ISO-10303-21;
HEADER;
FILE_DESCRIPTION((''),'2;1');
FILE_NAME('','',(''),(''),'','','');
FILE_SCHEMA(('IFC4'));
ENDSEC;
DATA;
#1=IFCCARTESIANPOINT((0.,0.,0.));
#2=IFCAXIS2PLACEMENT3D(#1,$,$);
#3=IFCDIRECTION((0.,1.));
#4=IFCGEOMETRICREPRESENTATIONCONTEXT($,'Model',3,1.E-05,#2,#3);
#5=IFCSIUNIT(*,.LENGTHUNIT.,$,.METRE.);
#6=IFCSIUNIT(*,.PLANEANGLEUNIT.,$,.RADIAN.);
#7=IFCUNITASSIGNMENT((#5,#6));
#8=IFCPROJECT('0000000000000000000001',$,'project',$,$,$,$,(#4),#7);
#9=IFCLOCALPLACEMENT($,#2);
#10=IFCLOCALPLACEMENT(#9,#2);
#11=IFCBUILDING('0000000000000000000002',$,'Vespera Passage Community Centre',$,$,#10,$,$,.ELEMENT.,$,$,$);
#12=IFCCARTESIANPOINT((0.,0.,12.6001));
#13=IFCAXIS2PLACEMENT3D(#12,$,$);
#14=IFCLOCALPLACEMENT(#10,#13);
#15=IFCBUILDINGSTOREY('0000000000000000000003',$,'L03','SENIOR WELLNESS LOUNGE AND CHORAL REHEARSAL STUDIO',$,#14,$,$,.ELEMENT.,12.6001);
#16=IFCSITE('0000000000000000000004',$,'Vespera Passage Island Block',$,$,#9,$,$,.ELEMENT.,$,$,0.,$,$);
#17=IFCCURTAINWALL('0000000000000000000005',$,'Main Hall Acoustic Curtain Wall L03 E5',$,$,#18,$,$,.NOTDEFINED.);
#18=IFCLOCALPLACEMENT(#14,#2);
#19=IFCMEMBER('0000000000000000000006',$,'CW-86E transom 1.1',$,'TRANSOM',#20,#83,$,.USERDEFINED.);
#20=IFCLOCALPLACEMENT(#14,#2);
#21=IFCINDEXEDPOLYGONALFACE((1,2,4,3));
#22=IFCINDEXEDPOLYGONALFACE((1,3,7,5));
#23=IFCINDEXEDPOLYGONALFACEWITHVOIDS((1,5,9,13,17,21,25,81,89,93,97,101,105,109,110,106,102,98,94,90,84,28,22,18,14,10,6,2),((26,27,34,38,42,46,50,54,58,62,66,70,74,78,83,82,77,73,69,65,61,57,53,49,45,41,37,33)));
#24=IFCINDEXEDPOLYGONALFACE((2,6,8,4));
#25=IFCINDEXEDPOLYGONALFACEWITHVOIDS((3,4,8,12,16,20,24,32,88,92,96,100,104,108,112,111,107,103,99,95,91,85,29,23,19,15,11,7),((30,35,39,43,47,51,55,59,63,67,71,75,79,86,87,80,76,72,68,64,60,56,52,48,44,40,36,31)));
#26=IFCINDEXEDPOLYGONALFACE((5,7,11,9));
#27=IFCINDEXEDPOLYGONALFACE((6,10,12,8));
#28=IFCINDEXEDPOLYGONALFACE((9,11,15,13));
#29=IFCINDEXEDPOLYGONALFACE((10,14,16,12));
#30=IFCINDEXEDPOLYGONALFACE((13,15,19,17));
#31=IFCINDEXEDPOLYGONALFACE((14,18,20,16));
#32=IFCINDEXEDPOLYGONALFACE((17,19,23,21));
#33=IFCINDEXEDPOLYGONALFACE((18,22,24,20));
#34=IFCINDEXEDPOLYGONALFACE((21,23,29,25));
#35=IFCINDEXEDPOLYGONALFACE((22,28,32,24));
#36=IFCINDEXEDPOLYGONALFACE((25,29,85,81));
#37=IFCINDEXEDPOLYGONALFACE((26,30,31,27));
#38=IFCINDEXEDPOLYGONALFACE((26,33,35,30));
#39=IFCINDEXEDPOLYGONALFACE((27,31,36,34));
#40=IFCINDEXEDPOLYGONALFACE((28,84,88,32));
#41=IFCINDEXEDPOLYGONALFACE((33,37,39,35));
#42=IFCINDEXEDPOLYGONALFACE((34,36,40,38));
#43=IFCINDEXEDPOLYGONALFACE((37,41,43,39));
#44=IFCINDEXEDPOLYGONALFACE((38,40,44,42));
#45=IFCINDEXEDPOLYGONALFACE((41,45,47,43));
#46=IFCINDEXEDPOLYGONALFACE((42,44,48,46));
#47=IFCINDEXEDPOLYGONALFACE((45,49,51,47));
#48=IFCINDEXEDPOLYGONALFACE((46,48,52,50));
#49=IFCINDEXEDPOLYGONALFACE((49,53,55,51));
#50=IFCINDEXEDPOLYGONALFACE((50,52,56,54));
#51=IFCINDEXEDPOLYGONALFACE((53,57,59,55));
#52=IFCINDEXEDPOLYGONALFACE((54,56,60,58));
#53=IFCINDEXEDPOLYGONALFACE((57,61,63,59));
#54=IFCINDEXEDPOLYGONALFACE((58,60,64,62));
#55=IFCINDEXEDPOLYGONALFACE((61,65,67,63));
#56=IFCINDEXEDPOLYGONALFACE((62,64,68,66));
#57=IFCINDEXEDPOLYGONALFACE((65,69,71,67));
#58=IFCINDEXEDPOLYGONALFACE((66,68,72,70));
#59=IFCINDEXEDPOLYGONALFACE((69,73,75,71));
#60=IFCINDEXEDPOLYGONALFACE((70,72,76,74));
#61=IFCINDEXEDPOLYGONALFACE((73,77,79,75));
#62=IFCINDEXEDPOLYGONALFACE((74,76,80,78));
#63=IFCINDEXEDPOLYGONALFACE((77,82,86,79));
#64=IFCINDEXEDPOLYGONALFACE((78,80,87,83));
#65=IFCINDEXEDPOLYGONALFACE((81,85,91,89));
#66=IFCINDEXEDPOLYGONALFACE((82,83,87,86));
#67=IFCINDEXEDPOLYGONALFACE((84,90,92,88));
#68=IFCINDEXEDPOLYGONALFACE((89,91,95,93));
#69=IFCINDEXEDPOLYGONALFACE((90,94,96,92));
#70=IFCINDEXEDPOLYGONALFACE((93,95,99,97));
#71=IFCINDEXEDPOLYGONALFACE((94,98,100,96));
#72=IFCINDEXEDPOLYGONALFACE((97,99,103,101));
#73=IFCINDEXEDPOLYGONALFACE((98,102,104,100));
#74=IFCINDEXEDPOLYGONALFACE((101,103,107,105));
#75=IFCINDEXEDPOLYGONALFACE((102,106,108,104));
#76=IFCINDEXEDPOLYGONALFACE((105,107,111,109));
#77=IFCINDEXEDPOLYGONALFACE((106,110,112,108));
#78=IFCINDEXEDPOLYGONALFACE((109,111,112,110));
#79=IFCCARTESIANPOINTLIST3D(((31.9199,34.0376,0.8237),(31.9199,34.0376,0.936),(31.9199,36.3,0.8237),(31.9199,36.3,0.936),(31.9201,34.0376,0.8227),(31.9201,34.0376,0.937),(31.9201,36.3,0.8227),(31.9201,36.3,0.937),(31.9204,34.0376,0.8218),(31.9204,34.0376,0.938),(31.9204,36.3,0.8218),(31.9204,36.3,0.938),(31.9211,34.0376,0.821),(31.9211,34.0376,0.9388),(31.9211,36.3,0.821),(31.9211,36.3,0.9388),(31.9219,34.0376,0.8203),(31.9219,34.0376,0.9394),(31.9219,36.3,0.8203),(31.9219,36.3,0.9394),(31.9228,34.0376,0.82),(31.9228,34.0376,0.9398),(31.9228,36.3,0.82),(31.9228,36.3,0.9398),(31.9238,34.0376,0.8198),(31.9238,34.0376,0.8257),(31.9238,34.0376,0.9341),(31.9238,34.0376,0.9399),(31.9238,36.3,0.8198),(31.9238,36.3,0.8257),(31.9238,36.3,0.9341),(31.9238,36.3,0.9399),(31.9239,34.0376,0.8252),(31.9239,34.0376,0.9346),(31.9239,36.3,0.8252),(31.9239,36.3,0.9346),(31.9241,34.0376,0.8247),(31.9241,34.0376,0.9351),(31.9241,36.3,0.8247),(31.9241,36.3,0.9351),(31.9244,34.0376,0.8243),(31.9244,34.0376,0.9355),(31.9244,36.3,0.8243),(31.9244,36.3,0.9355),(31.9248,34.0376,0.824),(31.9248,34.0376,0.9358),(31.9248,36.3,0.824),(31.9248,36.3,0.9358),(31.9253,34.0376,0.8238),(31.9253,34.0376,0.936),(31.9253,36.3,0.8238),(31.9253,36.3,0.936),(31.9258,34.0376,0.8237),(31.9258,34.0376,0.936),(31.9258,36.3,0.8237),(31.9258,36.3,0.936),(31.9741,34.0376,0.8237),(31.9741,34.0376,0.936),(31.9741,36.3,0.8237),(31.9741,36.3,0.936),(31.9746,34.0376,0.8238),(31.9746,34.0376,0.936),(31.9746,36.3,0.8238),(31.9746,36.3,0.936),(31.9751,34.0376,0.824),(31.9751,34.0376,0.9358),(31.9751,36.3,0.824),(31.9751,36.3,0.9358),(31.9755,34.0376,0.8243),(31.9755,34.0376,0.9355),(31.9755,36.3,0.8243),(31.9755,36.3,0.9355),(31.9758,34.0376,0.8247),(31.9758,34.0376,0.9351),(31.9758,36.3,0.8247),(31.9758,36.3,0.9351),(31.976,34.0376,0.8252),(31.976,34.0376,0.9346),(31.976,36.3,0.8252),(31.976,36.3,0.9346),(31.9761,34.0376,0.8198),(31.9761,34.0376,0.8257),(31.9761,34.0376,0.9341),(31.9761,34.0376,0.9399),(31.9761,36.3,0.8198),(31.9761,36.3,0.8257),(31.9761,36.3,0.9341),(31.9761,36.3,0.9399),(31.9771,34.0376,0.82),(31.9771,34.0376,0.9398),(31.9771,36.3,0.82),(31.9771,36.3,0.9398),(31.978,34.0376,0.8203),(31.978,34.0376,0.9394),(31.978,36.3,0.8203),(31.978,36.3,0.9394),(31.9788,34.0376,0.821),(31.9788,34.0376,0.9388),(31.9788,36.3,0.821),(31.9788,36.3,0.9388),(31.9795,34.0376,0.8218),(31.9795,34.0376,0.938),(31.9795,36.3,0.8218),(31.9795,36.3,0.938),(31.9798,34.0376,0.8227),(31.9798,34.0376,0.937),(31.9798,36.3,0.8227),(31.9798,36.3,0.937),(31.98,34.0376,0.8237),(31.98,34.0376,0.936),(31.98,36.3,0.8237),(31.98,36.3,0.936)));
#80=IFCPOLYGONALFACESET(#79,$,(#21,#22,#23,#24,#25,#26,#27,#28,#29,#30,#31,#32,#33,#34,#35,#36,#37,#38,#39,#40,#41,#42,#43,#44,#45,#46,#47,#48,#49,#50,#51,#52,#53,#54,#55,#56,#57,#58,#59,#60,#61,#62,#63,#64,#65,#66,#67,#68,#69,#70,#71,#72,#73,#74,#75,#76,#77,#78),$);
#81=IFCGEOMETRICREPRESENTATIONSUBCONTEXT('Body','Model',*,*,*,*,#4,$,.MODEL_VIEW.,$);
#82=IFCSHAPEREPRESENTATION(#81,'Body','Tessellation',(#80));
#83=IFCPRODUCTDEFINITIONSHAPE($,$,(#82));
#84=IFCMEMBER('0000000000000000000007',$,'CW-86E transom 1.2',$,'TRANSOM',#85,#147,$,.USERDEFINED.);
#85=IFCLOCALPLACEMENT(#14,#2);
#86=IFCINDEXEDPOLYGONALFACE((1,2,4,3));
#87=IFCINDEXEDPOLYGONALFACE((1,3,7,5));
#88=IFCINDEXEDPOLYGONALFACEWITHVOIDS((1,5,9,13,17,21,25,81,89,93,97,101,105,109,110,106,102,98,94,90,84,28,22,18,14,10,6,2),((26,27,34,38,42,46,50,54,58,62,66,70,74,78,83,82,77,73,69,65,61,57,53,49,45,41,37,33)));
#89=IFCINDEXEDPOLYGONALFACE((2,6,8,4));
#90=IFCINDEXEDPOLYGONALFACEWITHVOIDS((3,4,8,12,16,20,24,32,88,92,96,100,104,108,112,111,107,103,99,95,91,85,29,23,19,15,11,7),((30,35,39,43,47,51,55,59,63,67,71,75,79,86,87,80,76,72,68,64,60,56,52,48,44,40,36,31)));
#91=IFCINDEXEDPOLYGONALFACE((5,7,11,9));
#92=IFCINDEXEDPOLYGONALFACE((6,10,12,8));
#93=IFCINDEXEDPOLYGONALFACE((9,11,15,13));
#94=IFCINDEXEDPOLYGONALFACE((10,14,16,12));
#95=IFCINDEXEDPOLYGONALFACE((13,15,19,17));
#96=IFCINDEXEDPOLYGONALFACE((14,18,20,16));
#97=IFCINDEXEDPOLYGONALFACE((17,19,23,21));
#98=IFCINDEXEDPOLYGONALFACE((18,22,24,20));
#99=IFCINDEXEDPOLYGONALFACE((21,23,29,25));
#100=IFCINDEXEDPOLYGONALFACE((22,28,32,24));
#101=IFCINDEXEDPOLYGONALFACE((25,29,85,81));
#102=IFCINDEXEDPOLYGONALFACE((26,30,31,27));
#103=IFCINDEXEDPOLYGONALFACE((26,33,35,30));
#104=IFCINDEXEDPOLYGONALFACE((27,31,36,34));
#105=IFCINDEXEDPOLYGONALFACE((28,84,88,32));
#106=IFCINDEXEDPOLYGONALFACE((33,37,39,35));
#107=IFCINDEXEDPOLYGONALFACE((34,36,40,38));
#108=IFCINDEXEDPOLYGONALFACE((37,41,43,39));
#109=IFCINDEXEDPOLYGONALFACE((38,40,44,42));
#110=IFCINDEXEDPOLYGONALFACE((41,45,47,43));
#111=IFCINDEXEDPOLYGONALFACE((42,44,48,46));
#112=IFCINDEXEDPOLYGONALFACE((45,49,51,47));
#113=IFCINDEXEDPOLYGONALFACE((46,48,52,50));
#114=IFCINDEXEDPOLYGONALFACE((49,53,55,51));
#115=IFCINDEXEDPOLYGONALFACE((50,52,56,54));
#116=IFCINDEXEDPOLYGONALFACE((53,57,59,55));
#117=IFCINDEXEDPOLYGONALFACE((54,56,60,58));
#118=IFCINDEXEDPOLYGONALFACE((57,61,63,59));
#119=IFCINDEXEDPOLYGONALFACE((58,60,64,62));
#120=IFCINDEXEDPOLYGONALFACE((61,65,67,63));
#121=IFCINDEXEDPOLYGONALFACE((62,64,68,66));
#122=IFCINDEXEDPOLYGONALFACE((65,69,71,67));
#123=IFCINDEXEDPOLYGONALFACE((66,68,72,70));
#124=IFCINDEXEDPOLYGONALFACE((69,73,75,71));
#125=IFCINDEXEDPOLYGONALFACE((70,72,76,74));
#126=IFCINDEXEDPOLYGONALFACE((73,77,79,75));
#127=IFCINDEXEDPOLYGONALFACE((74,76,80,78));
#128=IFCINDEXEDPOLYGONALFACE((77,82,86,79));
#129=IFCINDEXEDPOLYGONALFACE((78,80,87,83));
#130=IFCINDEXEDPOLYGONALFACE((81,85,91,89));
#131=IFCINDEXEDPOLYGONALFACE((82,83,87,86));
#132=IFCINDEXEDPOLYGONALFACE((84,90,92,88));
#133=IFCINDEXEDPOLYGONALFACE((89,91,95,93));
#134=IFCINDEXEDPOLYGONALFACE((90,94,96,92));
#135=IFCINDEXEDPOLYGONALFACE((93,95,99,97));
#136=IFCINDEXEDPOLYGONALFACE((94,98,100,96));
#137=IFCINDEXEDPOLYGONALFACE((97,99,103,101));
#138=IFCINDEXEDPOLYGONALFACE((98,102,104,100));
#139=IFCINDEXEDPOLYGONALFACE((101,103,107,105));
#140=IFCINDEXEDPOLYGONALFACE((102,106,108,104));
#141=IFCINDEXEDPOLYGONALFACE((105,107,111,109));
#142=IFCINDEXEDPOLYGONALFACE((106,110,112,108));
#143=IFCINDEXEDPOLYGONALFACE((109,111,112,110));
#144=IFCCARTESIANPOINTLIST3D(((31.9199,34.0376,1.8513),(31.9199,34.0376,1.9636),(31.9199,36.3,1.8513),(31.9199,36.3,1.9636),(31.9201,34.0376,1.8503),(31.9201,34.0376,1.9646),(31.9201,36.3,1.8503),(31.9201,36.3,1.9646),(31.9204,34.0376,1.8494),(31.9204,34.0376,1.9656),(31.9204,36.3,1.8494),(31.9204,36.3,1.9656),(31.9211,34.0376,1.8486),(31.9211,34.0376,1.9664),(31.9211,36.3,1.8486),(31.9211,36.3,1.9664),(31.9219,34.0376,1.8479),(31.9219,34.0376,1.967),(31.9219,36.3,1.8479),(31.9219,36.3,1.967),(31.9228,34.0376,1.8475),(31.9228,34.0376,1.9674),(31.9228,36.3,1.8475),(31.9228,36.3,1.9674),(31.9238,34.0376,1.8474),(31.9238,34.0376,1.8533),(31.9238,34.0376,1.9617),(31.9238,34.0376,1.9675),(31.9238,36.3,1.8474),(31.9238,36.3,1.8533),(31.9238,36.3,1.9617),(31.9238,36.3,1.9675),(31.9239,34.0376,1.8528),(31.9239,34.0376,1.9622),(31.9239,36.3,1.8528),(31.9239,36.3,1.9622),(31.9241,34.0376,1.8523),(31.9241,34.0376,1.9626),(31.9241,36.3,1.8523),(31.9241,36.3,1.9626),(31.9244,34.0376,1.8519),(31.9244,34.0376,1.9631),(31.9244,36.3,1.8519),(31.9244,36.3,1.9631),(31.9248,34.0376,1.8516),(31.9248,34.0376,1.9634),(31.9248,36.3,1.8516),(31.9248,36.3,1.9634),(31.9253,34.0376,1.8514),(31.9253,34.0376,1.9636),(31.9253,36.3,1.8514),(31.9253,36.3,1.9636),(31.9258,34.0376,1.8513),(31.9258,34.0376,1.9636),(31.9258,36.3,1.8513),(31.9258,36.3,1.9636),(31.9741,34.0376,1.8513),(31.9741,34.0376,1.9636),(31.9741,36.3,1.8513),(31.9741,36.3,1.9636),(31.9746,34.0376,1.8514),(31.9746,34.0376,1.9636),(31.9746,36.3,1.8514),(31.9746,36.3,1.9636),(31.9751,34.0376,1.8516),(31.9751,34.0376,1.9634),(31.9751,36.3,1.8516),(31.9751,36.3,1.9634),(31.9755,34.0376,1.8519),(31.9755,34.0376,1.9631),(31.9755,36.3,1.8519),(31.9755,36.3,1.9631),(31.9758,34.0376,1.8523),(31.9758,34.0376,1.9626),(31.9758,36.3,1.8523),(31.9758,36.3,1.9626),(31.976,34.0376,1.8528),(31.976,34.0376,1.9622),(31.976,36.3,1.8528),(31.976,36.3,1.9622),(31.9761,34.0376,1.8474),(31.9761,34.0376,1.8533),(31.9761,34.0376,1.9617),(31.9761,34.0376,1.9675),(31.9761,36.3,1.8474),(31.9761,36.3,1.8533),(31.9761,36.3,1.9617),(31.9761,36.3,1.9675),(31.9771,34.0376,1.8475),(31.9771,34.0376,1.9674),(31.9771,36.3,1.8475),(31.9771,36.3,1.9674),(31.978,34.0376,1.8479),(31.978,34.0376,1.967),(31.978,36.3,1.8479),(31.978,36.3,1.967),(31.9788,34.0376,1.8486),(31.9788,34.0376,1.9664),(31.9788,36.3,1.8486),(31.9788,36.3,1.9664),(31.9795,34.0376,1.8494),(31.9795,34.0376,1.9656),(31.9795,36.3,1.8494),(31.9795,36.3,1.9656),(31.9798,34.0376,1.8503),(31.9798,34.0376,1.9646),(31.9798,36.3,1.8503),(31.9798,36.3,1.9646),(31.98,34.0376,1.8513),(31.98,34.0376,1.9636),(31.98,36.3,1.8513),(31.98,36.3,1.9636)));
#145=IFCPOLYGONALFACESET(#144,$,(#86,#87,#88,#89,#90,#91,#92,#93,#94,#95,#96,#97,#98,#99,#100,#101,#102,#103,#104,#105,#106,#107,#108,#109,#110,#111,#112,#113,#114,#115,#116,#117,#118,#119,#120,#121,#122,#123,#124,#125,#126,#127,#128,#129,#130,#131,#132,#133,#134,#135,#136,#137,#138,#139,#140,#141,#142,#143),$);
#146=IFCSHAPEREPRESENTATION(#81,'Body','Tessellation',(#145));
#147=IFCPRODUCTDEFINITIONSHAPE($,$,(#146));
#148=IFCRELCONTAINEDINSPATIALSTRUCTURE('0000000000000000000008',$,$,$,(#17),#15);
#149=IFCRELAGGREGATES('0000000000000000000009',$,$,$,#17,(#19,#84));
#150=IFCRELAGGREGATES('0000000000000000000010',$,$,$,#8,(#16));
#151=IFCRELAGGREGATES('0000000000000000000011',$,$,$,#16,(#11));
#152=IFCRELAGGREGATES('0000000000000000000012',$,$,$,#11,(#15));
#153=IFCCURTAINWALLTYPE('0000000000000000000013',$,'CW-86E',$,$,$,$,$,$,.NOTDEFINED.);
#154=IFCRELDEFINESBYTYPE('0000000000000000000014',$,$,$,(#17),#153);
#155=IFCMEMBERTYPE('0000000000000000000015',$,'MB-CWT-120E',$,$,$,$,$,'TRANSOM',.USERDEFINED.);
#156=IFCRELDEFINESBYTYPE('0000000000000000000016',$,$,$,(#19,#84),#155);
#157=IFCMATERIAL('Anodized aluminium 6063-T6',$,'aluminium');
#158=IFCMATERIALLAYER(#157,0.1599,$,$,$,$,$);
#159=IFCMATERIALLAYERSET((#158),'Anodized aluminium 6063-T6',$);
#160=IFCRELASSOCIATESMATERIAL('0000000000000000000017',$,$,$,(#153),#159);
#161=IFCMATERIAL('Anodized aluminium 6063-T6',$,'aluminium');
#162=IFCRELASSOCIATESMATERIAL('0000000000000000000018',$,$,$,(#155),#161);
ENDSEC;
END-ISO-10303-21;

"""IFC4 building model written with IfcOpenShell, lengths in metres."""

from ifc_helpers import new_model, si_unit, direction, frame, origin, origin_2d, place, context, subcontext, project, spatial, hollow_rectangle, extrude, material, layer, layer_set, material_profile, profile_set, type_object, element, aggregate, save


model = new_model("IFC4")

# Units and contexts
model_context = context("Model", 3, precision=1e-05, world=origin(), true_north=direction((0.0, 1.0)))
body_context = subcontext(model_context, "Body", "Model", "MODEL_VIEW")
ifc_project = project(units=[si_unit("LENGTHUNIT", "METRE"), si_unit("PLANEANGLEUNIT", "RADIAN")], contexts=[model_context])

# Site, building, storey
site_placement = place(None, origin())
site = spatial("IfcSite", under=ifc_project, at=site_placement, Name="Vespera Passage Island Block", CompositionType="ELEMENT", RefElevation=0.0)
building_placement = place(site_placement, origin())
building = spatial("IfcBuilding", under=site, at=building_placement, Name="Vespera Passage Community Centre", CompositionType="ELEMENT")
storey_placement = place(building_placement, frame((0.0, 0.0, 12.6001)))
storey = spatial("IfcBuildingStorey", under=building, at=storey_placement, Name="L03", Description="SENIOR WELLNESS LOUNGE AND CHORAL REHEARSAL STUDIO", CompositionType="ELEMENT", Elevation=12.6001)

# Curtain wall
ifc_material_1 = material(Name="Anodized aluminium 6063-T6", Category="aluminium")
ifc_layer_1 = layer(ifc_material_1, 0.1599)
ifc_layer_set_1 = layer_set([ifc_layer_1], Name="Anodized aluminium 6063-T6")
curtain_wall_type = type_object("IfcCurtainWallType", Name="CW-86E", PredefinedType="NOTDEFINED", material=ifc_layer_set_1)
curtain_wall_1_placement = place(storey_placement, origin())
curtain_wall_1 = element("IfcCurtainWall", 1, at=curtain_wall_1_placement, inside=storey, type_object=curtain_wall_type, Name="Main Hall Acoustic Curtain Wall L03 E5", PredefinedType="NOTDEFINED")

# Members
ifc_material_2 = material(Name="Anodized aluminium 6063-T6", Category="aluminium")
ifc_material_profile_1 = material_profile(ifc_material_2, hollow_rectangle(XDim=0.0601, YDim=0.1201, WallThickness=0.0039, InnerFilletRadius=0.002, OuterFilletRadius=0.0039, at=origin_2d()), Name="ALU120X60X4")
ifc_profile_set_1 = profile_set([ifc_material_profile_1], Name="Anodized aluminium 6063-T6")
member_type_1 = type_object("IfcMemberType", Name="MB-CWT-120E", ElementType="TRANSOM", PredefinedType="USERDEFINED", material=ifc_profile_set_1)
member_1_placement = place(storey_placement, frame((31.95, 36.3, 0.8799), z_axis=(0.0, -1.0, 0.0), x_axis=(1.0, 0.0, 0.0)))
member_1 = element("IfcMember", 2, at=member_1_placement, type_object=member_type_1, Name="CW-86E transom 1.1", ObjectType="TRANSOM", PredefinedType="USERDEFINED", context=body_context, shape_type="SweptSolid", body=[
    extrude(hollow_rectangle(XDim=0.0601, YDim=0.1201, WallThickness=0.0039, InnerFilletRadius=0.002, OuterFilletRadius=0.0039, at=origin_2d()), origin(), (0.0, 0.0, 1.0), 2.2625),
])
member_2_placement = place(storey_placement, frame((31.95, 36.3, 1.9075), z_axis=(0.0, -1.0, 0.0), x_axis=(1.0, 0.0, 0.0)))
member_2 = element("IfcMember", 3, at=member_2_placement, type_object=member_type_1, Name="CW-86E transom 1.2", ObjectType="TRANSOM", PredefinedType="USERDEFINED", context=body_context, shape_type="SweptSolid", body=[
    extrude(hollow_rectangle(XDim=0.0601, YDim=0.1201, WallThickness=0.0039, InnerFilletRadius=0.002, OuterFilletRadius=0.0039, at=origin_2d()), origin(), (0.0, 0.0, 1.0), 2.2625),
])

aggregate(curtain_wall_1, [member_1, member_2])

save(model, "model.ifc")
